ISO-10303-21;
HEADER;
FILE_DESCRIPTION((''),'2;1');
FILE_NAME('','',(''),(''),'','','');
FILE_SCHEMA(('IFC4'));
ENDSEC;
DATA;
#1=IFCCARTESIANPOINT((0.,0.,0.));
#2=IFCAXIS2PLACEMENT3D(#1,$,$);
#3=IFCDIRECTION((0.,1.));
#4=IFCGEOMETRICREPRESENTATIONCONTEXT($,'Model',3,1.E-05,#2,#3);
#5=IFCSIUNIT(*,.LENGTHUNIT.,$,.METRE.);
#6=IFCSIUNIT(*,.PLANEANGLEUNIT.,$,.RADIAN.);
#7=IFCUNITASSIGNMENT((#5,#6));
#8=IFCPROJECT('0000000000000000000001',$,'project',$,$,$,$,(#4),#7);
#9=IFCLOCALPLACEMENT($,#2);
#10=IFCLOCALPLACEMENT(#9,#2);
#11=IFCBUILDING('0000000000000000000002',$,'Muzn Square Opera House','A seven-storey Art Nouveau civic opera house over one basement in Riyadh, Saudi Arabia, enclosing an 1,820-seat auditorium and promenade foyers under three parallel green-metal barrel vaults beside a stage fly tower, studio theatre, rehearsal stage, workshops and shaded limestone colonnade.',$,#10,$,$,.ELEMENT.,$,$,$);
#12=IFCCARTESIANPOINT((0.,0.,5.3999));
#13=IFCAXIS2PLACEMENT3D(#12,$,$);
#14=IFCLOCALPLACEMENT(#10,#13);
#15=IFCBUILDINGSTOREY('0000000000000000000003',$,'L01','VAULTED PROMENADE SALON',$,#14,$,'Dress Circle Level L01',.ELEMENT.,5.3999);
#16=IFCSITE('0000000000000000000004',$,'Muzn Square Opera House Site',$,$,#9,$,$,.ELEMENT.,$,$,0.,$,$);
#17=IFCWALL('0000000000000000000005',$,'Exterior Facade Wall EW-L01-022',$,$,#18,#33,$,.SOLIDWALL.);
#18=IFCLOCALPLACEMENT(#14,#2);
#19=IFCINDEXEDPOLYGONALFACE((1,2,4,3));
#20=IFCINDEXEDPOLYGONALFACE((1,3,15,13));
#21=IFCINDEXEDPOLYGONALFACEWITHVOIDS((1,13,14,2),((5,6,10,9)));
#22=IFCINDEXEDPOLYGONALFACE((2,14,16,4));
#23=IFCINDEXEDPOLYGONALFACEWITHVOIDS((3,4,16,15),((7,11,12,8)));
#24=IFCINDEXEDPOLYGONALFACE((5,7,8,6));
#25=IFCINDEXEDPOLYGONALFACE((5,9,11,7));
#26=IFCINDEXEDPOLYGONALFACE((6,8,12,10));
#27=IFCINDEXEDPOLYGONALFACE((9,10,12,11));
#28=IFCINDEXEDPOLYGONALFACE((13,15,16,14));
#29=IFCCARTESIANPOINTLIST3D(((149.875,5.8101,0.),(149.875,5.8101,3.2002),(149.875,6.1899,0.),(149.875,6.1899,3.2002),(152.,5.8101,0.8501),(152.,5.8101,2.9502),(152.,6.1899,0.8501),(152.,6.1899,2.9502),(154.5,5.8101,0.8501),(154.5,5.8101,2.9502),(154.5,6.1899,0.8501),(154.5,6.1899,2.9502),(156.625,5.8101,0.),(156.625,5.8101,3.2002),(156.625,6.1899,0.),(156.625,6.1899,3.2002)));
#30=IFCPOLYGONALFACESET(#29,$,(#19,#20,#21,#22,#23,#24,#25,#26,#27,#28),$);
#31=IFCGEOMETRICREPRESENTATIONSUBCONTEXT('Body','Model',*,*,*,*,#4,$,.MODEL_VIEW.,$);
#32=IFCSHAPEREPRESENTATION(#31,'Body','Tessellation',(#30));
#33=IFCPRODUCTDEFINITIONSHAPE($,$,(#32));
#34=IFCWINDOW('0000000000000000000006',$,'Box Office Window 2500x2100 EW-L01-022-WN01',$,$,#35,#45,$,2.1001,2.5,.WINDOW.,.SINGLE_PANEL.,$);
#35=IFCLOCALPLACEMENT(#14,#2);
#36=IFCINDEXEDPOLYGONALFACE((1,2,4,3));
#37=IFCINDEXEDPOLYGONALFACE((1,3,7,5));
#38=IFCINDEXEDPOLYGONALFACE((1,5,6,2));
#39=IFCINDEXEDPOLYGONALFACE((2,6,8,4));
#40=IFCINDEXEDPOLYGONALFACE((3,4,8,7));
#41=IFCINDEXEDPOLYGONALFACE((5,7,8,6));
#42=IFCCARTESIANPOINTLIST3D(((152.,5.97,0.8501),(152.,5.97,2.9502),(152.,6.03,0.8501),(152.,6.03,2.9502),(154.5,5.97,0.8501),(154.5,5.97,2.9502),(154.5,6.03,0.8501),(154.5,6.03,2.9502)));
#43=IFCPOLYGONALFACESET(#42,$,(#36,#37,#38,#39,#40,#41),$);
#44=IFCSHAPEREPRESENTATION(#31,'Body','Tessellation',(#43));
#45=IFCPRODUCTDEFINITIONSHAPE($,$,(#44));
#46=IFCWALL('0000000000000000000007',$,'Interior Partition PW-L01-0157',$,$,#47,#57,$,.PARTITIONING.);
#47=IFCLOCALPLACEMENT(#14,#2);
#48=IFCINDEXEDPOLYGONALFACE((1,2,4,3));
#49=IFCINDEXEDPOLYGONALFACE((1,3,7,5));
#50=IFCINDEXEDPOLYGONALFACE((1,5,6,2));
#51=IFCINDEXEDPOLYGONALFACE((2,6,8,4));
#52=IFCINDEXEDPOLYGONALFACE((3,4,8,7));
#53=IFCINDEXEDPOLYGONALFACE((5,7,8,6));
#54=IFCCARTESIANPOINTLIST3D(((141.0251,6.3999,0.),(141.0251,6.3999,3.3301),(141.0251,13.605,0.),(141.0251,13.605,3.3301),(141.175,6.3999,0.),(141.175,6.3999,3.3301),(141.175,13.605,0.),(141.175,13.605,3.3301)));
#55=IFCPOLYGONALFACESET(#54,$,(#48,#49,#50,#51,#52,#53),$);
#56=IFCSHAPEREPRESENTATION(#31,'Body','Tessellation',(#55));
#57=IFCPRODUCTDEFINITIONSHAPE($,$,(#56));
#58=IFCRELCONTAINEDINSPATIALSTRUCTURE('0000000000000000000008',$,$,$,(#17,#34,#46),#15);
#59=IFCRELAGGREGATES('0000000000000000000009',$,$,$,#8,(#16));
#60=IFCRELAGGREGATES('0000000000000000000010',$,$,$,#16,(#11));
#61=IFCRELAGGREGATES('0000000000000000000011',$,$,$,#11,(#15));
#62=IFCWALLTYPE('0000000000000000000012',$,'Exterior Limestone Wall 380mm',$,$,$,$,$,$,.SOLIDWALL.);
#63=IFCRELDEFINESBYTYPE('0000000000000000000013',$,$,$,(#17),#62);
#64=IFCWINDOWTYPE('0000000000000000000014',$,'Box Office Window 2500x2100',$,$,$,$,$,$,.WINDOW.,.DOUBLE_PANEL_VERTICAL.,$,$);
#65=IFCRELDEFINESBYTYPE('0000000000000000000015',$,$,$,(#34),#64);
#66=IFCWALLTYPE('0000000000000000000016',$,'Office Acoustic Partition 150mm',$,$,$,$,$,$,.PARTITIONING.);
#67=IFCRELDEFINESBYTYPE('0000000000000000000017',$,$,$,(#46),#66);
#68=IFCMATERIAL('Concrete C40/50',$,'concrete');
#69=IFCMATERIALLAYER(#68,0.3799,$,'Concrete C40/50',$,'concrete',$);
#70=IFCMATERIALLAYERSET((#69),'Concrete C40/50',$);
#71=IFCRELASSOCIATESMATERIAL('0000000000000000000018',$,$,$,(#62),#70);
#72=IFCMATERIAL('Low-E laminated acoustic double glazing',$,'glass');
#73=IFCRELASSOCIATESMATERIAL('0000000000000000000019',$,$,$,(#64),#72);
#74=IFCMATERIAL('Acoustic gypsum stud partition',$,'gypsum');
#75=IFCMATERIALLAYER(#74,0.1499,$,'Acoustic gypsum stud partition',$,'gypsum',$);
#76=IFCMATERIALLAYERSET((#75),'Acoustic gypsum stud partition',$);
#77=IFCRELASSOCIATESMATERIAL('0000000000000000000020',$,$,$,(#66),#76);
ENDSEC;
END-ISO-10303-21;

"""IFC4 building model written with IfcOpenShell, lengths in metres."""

from ifc_helpers import new_model, si_unit, direction, frame, frame_2d, origin, place, context, subcontext, project, spatial, rectangle, extrude, material, layer, layer_set, type_object, element, fill, save


model = new_model("IFC4")

# Units and contexts
model_context = context("Model", 3, precision=1e-05, world=origin(), true_north=direction((0.0, 1.0)))
body_context = subcontext(model_context, "Body", "Model", "MODEL_VIEW")
ifc_project = project(units=[si_unit("LENGTHUNIT", "METRE"), si_unit("PLANEANGLEUNIT", "RADIAN")], contexts=[model_context])

# Site, building, storey
site_placement = place(None, origin())
site = spatial("IfcSite", under=ifc_project, at=site_placement, Name="Muzn Square Opera House Site", CompositionType="ELEMENT", RefElevation=0.0)
building_placement = place(site_placement, origin())
building = spatial("IfcBuilding", under=site, at=building_placement, Name="Muzn Square Opera House", Description="A seven-storey Art Nouveau civic opera house over one basement in Riyadh, Saudi Arabia, enclosing an 1,820-seat auditorium and promenade foyers under three parallel green-metal barrel vaults beside a stage fly tower, studio theatre, rehearsal stage, workshops and shaded limestone colonnade.", CompositionType="ELEMENT")
storey_placement = place(building_placement, frame((0.0, 0.0, 5.3999)))
storey = spatial("IfcBuildingStorey", under=building, at=storey_placement, Name="L01", Description="VAULTED PROMENADE SALON", LongName="Dress Circle Level L01", CompositionType="ELEMENT", Elevation=5.3999)

# Shared definitions
ifc_material_1 = material(Name="Concrete C40/50", Category="concrete")

# Shared definitions
ifc_layer_1 = layer(ifc_material_1, 0.3799, Name="Concrete C40/50", Category="concrete")
ifc_layer_set_1 = layer_set([ifc_layer_1], Name="Concrete C40/50")
wall_type_1 = type_object("IfcWallType", Name="Exterior Limestone Wall 380mm", PredefinedType="SOLIDWALL", material=ifc_layer_set_1)

# Wall, opening, window
wall_1_placement = place(storey_placement, frame((149.875, 6.0, 0.0), z_axis=(0.0, 0.0, 1.0), x_axis=(1.0, 0.0, 0.0)))
wall_1 = element("IfcWall", 1, at=wall_1_placement, inside=storey, type_object=wall_type_1, Name="Exterior Facade Wall EW-L01-022", PredefinedType="SOLIDWALL", context=body_context, shape_type="SweptSolid", body=[
    extrude(rectangle(XDim=6.75, YDim=0.3799, at=frame_2d((3.375, 0.0))), origin(), (0.0, 0.0, 1.0), 3.2002),
])
opening_1_placement = place(wall_1_placement, frame((2.125, 0.0, 0.8501)))
opening_1 = element("IfcOpeningElement", 2, at=opening_1_placement, cuts=wall_1, PredefinedType="OPENING", context=body_context, shape_type="SweptSolid", body=[
    extrude(rectangle(XDim=2.5, YDim=2.1001, at=frame_2d((1.25, 1.05))), frame((0.0, 0.2, 0.0), z_axis=(0.0, -1.0, 0.0), x_axis=(1.0, 0.0, 0.0)), (0.0, 0.0, 1.0), 0.3999),
])
ifc_material_2 = material(Name="Low-E laminated acoustic double glazing", Category="glass")
window_type = type_object("IfcWindowType", Name="Box Office Window 2500x2100", PartitioningType="DOUBLE_PANEL_VERTICAL", PredefinedType="WINDOW", material=ifc_material_2)
window_placement = place(opening_1_placement, origin())
window = element("IfcWindow", 3, at=window_placement, inside=storey, type_object=window_type, Name="Box Office Window 2500x2100 EW-L01-022-WN01", OverallHeight=2.1001, OverallWidth=2.5, PartitioningType="SINGLE_PANEL", PredefinedType="WINDOW", context=body_context, shape_type="SweptSolid", body=[
    extrude(rectangle(XDim=2.5, YDim=2.1001, at=frame_2d((1.25, 1.05))), frame((0.0, 0.03, 0.0), z_axis=(0.0, -1.0, 0.0), x_axis=(1.0, 0.0, 0.0)), (0.0, 0.0, 1.0), 0.0601),
])
fill(opening_1, window)

# Wall
ifc_material_3 = material(Name="Acoustic gypsum stud partition", Category="gypsum")
ifc_layer_2 = layer(ifc_material_3, 0.1499, Name="Acoustic gypsum stud partition", Category="gypsum")
ifc_layer_set_2 = layer_set([ifc_layer_2], Name="Acoustic gypsum stud partition")
wall_type_2 = type_object("IfcWallType", Name="Office Acoustic Partition 150mm", PredefinedType="PARTITIONING", material=ifc_layer_set_2)
wall_2_placement = place(storey_placement, frame((141.1001, 6.3999, 0.0), z_axis=(0.0, 0.0, 1.0), x_axis=(0.0, 1.0, 0.0)))
element("IfcWall", 4, at=wall_2_placement, inside=storey, type_object=wall_type_2, Name="Interior Partition PW-L01-0157", PredefinedType="PARTITIONING", context=body_context, shape_type="SweptSolid", body=[
    extrude(rectangle(XDim=7.2051, YDim=0.1499, at=frame_2d((3.6025, 0.0))), origin(), (0.0, 0.0, 1.0), 3.3301),
])

save(model, "model.ifc")
